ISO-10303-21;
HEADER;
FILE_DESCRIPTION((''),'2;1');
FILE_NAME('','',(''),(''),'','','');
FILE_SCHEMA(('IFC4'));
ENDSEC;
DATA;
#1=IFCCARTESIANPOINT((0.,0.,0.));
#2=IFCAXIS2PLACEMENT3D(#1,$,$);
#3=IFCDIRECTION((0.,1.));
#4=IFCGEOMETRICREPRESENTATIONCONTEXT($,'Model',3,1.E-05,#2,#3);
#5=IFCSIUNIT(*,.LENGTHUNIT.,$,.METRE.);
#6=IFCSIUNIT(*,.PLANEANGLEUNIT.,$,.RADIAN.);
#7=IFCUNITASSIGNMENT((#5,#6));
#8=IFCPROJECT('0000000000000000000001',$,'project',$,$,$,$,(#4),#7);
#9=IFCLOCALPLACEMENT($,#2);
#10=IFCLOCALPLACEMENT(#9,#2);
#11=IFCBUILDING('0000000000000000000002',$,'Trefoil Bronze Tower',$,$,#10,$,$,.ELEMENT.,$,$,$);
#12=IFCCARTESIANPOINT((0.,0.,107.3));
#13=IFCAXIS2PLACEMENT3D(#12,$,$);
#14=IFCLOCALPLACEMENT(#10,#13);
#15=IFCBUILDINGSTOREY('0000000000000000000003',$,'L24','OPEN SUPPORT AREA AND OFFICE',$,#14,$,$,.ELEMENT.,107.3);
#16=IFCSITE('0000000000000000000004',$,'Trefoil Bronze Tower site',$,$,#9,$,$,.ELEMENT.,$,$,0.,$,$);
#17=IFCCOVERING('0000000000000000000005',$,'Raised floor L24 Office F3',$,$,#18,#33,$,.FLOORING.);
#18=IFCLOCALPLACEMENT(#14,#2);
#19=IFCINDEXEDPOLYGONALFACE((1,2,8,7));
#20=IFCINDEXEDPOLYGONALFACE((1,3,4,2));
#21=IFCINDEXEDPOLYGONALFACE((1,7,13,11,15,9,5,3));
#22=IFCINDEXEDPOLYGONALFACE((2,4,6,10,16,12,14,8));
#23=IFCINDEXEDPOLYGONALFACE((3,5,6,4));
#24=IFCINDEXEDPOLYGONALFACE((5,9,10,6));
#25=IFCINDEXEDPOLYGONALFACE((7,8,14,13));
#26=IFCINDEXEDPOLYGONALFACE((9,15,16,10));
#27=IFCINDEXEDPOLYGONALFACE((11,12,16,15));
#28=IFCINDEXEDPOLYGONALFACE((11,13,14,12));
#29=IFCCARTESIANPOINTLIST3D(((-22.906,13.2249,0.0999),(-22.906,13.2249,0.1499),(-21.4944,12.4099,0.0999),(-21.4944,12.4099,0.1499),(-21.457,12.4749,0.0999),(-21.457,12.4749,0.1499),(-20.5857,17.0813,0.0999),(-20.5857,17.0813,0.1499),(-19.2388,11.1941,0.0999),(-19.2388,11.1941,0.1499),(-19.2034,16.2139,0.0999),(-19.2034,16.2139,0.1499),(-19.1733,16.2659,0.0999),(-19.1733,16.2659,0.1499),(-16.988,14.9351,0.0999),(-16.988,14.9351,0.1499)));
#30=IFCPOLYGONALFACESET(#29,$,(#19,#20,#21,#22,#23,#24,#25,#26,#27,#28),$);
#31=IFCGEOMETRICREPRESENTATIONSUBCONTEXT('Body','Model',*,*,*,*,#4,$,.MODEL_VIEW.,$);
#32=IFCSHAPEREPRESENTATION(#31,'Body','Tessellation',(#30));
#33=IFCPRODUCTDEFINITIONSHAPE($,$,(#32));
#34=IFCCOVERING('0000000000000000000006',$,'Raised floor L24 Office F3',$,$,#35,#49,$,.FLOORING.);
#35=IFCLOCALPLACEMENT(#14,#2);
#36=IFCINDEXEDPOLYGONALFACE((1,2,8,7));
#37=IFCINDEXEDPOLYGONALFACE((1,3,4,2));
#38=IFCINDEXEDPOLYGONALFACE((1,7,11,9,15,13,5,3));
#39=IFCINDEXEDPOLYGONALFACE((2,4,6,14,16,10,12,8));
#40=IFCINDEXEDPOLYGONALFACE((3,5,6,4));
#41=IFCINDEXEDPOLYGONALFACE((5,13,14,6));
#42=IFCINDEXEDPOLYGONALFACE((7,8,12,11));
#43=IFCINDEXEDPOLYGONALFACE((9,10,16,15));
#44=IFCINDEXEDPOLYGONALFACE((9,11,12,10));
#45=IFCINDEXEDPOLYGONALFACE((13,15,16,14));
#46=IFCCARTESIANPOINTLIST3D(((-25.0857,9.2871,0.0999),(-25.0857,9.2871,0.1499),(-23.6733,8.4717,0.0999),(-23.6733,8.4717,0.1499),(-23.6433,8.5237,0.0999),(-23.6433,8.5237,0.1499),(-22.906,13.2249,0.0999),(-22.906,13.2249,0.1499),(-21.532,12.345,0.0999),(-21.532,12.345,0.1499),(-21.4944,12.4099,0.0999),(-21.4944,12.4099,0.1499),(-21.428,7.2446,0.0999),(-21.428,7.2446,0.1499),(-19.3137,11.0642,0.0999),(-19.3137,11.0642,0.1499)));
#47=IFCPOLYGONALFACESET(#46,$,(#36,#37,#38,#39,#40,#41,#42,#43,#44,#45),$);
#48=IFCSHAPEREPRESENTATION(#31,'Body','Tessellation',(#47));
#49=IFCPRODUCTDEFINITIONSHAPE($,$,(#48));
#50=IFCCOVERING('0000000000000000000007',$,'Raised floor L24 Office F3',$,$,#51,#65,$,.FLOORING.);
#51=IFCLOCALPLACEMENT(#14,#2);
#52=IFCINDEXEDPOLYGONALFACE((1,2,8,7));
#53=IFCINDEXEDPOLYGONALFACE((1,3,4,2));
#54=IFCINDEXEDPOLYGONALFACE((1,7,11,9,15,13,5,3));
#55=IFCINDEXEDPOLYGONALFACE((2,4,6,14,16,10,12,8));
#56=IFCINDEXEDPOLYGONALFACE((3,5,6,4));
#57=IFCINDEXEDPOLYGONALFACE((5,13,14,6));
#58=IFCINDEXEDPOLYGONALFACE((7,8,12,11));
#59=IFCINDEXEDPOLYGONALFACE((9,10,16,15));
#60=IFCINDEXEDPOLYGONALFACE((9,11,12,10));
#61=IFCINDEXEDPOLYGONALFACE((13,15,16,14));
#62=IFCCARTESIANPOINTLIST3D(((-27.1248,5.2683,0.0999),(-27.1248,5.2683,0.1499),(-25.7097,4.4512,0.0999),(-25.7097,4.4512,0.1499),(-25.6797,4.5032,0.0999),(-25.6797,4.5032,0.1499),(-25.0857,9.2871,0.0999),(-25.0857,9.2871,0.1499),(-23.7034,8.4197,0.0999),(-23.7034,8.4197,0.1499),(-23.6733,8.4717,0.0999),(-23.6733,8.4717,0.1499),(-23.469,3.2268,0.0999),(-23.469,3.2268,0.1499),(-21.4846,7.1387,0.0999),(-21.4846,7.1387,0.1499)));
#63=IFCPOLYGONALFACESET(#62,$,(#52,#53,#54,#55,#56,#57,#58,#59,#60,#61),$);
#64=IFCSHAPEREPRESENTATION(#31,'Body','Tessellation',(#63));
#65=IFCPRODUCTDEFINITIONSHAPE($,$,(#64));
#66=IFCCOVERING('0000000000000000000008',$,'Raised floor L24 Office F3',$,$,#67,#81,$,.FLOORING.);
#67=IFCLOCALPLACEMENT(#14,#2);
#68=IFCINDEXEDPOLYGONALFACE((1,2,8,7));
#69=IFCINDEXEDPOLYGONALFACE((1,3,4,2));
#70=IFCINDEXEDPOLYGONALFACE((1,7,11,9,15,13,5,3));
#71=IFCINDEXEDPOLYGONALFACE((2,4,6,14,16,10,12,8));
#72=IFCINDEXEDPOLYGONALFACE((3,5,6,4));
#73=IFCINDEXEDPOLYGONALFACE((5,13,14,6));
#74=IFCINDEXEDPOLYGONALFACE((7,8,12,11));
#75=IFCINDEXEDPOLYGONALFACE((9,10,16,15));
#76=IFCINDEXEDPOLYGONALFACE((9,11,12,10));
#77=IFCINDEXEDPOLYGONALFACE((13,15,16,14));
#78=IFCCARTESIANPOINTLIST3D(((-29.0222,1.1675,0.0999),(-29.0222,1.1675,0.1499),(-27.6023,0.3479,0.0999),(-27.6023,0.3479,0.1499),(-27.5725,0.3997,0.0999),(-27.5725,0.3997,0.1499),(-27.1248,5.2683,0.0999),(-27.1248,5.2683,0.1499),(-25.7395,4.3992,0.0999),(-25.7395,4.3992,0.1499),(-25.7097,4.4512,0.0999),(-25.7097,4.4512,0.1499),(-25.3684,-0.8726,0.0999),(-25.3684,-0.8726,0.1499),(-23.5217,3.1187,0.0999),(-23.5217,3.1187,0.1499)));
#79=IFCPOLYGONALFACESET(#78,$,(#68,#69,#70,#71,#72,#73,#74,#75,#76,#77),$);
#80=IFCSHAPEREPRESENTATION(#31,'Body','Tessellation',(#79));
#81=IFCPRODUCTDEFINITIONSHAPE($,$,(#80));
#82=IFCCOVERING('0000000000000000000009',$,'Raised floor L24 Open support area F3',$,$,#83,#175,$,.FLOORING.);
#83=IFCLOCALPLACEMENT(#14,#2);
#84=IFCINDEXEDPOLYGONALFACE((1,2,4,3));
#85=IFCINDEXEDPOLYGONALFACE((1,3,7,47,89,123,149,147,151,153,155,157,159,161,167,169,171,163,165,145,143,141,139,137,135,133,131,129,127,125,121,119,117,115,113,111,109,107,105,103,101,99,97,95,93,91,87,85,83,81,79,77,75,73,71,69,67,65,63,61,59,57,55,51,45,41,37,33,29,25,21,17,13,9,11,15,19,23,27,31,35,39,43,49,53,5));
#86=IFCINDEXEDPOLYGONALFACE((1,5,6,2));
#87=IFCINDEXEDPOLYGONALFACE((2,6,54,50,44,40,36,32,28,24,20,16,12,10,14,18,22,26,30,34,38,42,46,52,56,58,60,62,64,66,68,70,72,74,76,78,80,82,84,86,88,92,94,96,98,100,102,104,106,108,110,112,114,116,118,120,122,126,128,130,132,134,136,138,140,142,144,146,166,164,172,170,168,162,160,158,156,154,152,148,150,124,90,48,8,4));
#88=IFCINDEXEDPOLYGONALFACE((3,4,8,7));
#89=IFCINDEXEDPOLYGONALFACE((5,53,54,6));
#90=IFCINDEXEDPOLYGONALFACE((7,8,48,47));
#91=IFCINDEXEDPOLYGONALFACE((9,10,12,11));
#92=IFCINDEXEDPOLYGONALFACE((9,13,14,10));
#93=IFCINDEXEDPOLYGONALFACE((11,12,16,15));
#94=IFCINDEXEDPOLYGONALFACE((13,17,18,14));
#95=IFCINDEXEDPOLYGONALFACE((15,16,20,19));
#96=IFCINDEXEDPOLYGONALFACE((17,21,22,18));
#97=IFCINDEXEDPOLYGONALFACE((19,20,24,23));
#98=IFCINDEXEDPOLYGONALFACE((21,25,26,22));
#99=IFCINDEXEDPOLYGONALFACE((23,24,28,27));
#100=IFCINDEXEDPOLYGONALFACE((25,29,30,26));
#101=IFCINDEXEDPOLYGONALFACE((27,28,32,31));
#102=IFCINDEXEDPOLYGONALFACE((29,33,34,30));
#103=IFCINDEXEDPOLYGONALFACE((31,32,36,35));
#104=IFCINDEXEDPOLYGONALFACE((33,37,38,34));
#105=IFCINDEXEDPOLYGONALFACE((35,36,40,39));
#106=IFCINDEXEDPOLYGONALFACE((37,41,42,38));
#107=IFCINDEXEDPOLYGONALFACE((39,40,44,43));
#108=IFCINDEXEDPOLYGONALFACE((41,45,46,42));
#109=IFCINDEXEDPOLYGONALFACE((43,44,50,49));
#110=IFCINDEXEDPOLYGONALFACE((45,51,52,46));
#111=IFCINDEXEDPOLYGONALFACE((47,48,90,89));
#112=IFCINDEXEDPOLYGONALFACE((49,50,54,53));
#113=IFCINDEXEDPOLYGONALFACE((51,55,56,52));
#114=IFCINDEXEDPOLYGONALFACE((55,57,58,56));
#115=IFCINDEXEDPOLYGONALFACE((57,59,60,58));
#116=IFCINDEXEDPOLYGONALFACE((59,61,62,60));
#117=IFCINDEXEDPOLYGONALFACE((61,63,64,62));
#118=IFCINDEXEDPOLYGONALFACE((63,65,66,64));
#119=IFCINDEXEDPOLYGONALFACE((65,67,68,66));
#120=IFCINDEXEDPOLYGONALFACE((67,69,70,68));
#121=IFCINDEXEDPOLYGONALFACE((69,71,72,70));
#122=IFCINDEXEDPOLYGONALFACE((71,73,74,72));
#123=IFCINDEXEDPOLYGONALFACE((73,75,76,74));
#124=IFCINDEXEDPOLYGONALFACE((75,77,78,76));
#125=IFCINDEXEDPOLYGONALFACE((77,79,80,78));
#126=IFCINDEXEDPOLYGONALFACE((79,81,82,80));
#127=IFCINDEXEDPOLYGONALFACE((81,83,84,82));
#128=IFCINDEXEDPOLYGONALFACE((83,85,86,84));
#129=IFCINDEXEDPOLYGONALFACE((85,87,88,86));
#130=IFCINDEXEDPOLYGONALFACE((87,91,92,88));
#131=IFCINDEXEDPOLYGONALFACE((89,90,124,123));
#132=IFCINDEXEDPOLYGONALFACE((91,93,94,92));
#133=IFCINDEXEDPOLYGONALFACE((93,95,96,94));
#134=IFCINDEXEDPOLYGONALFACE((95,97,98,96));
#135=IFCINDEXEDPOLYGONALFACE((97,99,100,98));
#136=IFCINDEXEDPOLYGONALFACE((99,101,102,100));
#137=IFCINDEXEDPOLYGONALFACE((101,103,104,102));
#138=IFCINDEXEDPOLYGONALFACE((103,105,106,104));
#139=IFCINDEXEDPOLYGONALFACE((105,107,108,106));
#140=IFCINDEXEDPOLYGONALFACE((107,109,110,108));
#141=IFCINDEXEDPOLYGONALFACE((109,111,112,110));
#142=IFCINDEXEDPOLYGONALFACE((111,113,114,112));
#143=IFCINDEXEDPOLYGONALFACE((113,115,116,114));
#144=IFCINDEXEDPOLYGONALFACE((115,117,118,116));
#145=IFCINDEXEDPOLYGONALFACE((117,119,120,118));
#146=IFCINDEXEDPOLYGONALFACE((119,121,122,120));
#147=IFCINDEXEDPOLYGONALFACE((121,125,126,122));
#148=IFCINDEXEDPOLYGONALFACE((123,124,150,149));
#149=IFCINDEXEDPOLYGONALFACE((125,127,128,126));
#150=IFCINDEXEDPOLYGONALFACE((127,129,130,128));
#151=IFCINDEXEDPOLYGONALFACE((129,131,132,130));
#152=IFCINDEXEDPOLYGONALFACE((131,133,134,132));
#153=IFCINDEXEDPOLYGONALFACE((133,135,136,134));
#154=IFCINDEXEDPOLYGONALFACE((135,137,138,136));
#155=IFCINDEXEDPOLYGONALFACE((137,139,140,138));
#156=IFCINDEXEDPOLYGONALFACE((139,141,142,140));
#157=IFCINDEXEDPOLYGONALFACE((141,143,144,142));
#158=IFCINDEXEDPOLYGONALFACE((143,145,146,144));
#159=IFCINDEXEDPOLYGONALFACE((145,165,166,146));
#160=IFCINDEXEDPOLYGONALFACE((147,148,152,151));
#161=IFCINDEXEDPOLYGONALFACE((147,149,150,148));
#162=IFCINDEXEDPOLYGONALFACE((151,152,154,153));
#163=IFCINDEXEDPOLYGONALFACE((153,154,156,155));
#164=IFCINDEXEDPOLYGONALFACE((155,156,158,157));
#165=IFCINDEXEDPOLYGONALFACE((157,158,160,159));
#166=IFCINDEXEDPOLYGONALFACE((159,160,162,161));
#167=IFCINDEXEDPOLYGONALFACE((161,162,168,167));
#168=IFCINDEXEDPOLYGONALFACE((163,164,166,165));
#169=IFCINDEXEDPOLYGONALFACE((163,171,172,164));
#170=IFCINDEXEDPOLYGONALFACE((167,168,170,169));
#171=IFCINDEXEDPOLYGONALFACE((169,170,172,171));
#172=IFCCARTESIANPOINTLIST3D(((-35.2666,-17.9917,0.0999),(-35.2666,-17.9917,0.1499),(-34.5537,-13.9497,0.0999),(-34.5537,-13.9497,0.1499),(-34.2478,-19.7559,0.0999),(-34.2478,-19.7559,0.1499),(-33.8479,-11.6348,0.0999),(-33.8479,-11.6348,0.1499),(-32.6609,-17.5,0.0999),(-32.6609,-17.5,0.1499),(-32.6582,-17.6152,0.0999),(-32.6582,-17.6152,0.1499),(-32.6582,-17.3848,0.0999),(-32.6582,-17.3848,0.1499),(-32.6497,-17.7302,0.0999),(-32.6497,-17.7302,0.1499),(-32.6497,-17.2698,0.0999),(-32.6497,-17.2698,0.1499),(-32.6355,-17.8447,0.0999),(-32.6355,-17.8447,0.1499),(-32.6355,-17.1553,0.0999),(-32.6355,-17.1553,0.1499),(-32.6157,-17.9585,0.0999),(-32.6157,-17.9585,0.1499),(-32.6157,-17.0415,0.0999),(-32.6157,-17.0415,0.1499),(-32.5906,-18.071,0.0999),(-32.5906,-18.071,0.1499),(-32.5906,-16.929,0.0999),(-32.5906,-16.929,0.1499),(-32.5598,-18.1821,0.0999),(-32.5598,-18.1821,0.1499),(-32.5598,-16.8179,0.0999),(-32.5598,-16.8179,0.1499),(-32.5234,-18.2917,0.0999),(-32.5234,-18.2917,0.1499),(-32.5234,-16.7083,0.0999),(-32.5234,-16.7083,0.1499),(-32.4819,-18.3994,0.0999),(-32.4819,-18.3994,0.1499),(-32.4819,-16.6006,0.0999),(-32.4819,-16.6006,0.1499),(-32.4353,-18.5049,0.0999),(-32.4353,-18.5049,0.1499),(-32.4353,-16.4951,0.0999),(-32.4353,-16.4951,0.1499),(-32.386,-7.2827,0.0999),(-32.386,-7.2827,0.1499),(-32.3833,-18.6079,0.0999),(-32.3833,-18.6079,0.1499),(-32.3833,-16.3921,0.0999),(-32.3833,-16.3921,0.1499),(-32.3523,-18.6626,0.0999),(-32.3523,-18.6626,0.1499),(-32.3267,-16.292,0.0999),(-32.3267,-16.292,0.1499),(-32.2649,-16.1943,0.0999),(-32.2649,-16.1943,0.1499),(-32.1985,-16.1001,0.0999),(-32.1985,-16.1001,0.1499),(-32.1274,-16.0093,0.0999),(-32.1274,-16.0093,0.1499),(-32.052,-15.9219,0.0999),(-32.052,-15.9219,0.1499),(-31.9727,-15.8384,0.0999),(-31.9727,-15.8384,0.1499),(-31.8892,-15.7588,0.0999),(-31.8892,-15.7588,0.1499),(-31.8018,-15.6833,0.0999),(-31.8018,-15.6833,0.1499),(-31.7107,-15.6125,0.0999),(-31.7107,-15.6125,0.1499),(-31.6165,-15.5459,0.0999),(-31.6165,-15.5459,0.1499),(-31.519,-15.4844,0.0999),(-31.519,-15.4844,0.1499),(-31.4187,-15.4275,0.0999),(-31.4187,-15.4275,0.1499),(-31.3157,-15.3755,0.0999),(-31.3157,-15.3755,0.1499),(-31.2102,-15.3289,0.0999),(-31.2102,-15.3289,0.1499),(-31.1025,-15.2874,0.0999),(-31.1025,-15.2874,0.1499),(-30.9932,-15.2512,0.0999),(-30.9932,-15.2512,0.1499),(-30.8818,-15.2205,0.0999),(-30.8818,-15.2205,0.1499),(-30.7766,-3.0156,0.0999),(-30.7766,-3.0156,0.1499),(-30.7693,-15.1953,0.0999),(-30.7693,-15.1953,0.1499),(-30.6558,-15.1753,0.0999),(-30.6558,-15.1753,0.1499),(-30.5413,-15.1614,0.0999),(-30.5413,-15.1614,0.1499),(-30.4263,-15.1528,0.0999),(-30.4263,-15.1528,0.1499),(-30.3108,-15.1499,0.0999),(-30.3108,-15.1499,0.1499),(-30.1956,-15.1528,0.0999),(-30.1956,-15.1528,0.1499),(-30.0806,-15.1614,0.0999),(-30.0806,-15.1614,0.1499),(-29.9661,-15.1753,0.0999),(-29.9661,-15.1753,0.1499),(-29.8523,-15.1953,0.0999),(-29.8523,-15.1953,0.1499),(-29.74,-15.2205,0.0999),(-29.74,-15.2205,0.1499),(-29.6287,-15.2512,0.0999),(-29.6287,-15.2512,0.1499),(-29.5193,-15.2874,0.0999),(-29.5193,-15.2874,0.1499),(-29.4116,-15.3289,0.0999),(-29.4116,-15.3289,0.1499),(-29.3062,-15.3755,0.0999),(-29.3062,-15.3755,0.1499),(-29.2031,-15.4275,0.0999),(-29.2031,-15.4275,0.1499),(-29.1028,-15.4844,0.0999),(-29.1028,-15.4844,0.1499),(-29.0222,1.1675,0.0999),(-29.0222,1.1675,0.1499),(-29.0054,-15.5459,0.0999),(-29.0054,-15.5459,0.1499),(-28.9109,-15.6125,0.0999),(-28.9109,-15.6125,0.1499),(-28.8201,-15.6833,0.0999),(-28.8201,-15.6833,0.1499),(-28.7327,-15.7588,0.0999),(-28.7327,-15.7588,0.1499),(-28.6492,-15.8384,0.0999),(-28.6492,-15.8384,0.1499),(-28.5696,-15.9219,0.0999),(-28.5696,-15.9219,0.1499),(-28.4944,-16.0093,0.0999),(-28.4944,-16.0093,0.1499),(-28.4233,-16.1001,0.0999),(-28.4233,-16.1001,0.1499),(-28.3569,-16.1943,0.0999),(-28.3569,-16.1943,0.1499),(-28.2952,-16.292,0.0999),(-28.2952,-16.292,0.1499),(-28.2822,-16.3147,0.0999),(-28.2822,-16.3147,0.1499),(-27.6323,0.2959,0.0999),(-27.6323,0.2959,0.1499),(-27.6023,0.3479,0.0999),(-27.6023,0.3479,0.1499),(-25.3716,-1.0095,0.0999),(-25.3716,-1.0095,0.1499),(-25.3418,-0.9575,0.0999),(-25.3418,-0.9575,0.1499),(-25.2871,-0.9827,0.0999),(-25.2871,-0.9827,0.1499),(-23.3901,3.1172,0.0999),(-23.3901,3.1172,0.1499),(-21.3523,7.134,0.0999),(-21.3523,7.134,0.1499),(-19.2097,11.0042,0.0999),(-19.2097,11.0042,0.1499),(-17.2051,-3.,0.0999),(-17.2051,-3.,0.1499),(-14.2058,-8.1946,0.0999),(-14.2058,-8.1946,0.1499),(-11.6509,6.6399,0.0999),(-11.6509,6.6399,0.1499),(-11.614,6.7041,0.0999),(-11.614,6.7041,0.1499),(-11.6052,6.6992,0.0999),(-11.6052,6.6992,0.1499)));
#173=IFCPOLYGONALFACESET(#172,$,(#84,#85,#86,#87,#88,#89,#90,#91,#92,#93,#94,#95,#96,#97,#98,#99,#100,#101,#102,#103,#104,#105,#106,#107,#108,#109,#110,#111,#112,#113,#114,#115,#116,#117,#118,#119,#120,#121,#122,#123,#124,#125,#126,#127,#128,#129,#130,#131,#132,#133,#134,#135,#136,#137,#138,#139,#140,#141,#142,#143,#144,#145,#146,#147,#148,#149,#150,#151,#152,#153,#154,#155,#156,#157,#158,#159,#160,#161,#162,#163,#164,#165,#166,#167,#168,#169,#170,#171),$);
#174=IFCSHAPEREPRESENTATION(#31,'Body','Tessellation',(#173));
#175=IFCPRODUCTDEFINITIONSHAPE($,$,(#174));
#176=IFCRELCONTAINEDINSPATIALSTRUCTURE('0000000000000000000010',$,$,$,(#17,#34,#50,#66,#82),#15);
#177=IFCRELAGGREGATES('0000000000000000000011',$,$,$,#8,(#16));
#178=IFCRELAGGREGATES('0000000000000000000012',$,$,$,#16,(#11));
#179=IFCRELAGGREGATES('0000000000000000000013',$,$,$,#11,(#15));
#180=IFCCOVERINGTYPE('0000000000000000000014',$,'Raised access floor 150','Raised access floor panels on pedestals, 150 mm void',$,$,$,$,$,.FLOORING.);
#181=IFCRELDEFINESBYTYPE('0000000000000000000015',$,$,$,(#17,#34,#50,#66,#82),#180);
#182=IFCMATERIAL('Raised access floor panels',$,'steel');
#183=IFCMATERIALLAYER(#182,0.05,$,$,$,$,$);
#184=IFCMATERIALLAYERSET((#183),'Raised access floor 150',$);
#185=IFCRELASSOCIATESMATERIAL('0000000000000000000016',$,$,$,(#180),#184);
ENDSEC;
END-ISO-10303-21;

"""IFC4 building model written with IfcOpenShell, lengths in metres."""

from ifc_helpers import new_model, si_unit, direction, frame, origin, place, context, subcontext, project, spatial, polyline, outline, extrude, material, layer, layer_set, type_object, element, save


model = new_model("IFC4")

# Units and contexts
model_context = context("Model", 3, precision=1e-05, world=origin(), true_north=direction((0.0, 1.0)))
body_context = subcontext(model_context, "Body", "Model", "MODEL_VIEW")
ifc_project = project(units=[si_unit("LENGTHUNIT", "METRE"), si_unit("PLANEANGLEUNIT", "RADIAN")], contexts=[model_context])

# Site, building, storey
site_placement = place(None, origin())
site = spatial("IfcSite", under=ifc_project, at=site_placement, Name="Trefoil Bronze Tower site", CompositionType="ELEMENT", RefElevation=0.0)
building_placement = place(site_placement, origin())
building = spatial("IfcBuilding", under=site, at=building_placement, Name="Trefoil Bronze Tower", CompositionType="ELEMENT")
storey_placement = place(building_placement, frame((0.0, 0.0, 107.3)))
storey = spatial("IfcBuildingStorey", under=building, at=storey_placement, Name="L24", Description="OPEN SUPPORT AREA AND OFFICE", CompositionType="ELEMENT", Elevation=107.3)

# Coverings
ifc_material_1 = material(Name="Raised access floor panels", Category="steel")
ifc_layer_1 = layer(ifc_material_1, 0.05)
ifc_layer_set_1 = layer_set([ifc_layer_1], Name="Raised access floor 150")
covering_type_1 = type_object("IfcCoveringType", Name="Raised access floor 150", Description="Raised access floor panels on pedestals, 150 mm void", PredefinedType="FLOORING", material=ifc_layer_set_1)
covering_1_placement = place(storey_placement, frame((0.0, 0.0, 0.0999)))
element("IfcCovering", 1, at=covering_1_placement, inside=storey, type_object=covering_type_1, Name="Raised floor L24 Office F3", PredefinedType="FLOORING", context=body_context, shape_type="SweptSolid", body=[
    extrude(outline(polyline([(-22.906, 13.2249), (-20.5857, 17.0813), (-19.1733, 16.2659), (-19.2034, 16.2139), (-16.988, 14.9351), (-19.2388, 11.1941), (-21.457, 12.4749), (-21.4944, 12.4099), (-22.906, 13.2249)])), origin(), (0.0, 0.0, 1.0), 0.05),
])
covering_2_placement = place(storey_placement, frame((0.0, 0.0, 0.0999)))
element("IfcCovering", 2, at=covering_2_placement, inside=storey, type_object=covering_type_1, Name="Raised floor L24 Office F3", PredefinedType="FLOORING", context=body_context, shape_type="SweptSolid", body=[
    extrude(outline(polyline([(-25.0857, 9.2871), (-22.906, 13.2249), (-21.4944, 12.4099), (-21.532, 12.345), (-19.3137, 11.0642), (-21.428, 7.2446), (-23.6433, 8.5237), (-23.6733, 8.4717), (-25.0857, 9.2871)])), origin(), (0.0, 0.0, 1.0), 0.05),
])
covering_3_placement = place(storey_placement, frame((0.0, 0.0, 0.0999)))
element("IfcCovering", 3, at=covering_3_placement, inside=storey, type_object=covering_type_1, Name="Raised floor L24 Office F3", PredefinedType="FLOORING", context=body_context, shape_type="SweptSolid", body=[
    extrude(outline(polyline([(-27.1248, 5.2683), (-25.0857, 9.2871), (-23.6733, 8.4717), (-23.7034, 8.4197), (-21.4846, 7.1387), (-23.469, 3.2268), (-25.6797, 4.5032), (-25.7097, 4.4512), (-27.1248, 5.2683)])), origin(), (0.0, 0.0, 1.0), 0.05),
])
covering_4_placement = place(storey_placement, frame((0.0, 0.0, 0.0999)))
element("IfcCovering", 4, at=covering_4_placement, inside=storey, type_object=covering_type_1, Name="Raised floor L24 Office F3", PredefinedType="FLOORING", context=body_context, shape_type="SweptSolid", body=[
    extrude(outline(polyline([(-29.0222, 1.1675), (-27.1248, 5.2683), (-25.7097, 4.4512), (-25.7395, 4.3992), (-23.5217, 3.1187), (-25.3684, -0.8726), (-27.5725, 0.3997), (-27.6023, 0.3479), (-29.0222, 1.1675)])), origin(), (0.0, 0.0, 1.0), 0.05),
])
covering_5_placement = place(storey_placement, frame((0.0, 0.0, 0.0999)))
element("IfcCovering", 5, at=covering_5_placement, inside=storey, type_object=covering_type_1, Name="Raised floor L24 Open support area F3", PredefinedType="FLOORING", context=body_context, shape_type="SweptSolid", body=[
    extrude(outline(polyline([(-34.5537, -13.9497), (-33.8479, -11.6348), (-32.386, -7.2827), (-30.7766, -3.0156), (-29.0222, 1.1675), (-27.6023, 0.3479), (-27.6323, 0.2959), (-25.3716, -1.0095), (-25.3418, -0.9575), (-25.2871, -0.9827), (-23.3901, 3.1172), (-21.3523, 7.134), (-19.2097, 11.0042), (-11.6509, 6.6399), (-11.614, 6.7041), (-11.6052, 6.6992), (-17.2051, -3.0), (-14.2058, -8.1946), (-28.2822, -16.3147), (-28.2952, -16.292), (-28.3569, -16.1943), (-28.4233, -16.1001), (-28.4944, -16.0093), (-28.5696, -15.9219), (-28.6492, -15.8384), (-28.7327, -15.7588), (-28.8201, -15.6833), (-28.9109, -15.6125), (-29.0054, -15.5459), (-29.1028, -15.4844), (-29.2031, -15.4275), (-29.3062, -15.3755), (-29.4116, -15.3289), (-29.5193, -15.2874), (-29.6287, -15.2512), (-29.74, -15.2205), (-29.8523, -15.1953), (-29.9661, -15.1753), (-30.0806, -15.1614), (-30.1956, -15.1528), (-30.3108, -15.1499), (-30.4263, -15.1528), (-30.5413, -15.1614), (-30.6558, -15.1753), (-30.7693, -15.1953), (-30.8818, -15.2205), (-30.9932, -15.2512), (-31.1025, -15.2874), (-31.2102, -15.3289), (-31.3157, -15.3755), (-31.4187, -15.4275), (-31.519, -15.4844), (-31.6165, -15.5459), (-31.7107, -15.6125), (-31.8018, -15.6833), (-31.8892, -15.7588), (-31.9727, -15.8384), (-32.052, -15.9219), (-32.1274, -16.0093), (-32.1985, -16.1001), (-32.2649, -16.1943), (-32.3267, -16.292), (-32.3833, -16.3921), (-32.4353, -16.4951), (-32.4819, -16.6006), (-32.5234, -16.7083), (-32.5598, -16.8179), (-32.5906, -16.929), (-32.6157, -17.0415), (-32.6355, -17.1553), (-32.6497, -17.2698), (-32.6582, -17.3848), (-32.6609, -17.5), (-32.6582, -17.6152), (-32.6497, -17.7302), (-32.6355, -17.8447), (-32.6157, -17.9585), (-32.5906, -18.071), (-32.5598, -18.1821), (-32.5234, -18.2917), (-32.4819, -18.3994), (-32.4353, -18.5049), (-32.3833, -18.6079), (-32.3523, -18.6626), (-34.2478, -19.7559), (-35.2666, -17.9917), (-34.5537, -13.9497)])), origin(), (0.0, 0.0, 1.0), 0.05),
])

save(model, "model.ifc")
